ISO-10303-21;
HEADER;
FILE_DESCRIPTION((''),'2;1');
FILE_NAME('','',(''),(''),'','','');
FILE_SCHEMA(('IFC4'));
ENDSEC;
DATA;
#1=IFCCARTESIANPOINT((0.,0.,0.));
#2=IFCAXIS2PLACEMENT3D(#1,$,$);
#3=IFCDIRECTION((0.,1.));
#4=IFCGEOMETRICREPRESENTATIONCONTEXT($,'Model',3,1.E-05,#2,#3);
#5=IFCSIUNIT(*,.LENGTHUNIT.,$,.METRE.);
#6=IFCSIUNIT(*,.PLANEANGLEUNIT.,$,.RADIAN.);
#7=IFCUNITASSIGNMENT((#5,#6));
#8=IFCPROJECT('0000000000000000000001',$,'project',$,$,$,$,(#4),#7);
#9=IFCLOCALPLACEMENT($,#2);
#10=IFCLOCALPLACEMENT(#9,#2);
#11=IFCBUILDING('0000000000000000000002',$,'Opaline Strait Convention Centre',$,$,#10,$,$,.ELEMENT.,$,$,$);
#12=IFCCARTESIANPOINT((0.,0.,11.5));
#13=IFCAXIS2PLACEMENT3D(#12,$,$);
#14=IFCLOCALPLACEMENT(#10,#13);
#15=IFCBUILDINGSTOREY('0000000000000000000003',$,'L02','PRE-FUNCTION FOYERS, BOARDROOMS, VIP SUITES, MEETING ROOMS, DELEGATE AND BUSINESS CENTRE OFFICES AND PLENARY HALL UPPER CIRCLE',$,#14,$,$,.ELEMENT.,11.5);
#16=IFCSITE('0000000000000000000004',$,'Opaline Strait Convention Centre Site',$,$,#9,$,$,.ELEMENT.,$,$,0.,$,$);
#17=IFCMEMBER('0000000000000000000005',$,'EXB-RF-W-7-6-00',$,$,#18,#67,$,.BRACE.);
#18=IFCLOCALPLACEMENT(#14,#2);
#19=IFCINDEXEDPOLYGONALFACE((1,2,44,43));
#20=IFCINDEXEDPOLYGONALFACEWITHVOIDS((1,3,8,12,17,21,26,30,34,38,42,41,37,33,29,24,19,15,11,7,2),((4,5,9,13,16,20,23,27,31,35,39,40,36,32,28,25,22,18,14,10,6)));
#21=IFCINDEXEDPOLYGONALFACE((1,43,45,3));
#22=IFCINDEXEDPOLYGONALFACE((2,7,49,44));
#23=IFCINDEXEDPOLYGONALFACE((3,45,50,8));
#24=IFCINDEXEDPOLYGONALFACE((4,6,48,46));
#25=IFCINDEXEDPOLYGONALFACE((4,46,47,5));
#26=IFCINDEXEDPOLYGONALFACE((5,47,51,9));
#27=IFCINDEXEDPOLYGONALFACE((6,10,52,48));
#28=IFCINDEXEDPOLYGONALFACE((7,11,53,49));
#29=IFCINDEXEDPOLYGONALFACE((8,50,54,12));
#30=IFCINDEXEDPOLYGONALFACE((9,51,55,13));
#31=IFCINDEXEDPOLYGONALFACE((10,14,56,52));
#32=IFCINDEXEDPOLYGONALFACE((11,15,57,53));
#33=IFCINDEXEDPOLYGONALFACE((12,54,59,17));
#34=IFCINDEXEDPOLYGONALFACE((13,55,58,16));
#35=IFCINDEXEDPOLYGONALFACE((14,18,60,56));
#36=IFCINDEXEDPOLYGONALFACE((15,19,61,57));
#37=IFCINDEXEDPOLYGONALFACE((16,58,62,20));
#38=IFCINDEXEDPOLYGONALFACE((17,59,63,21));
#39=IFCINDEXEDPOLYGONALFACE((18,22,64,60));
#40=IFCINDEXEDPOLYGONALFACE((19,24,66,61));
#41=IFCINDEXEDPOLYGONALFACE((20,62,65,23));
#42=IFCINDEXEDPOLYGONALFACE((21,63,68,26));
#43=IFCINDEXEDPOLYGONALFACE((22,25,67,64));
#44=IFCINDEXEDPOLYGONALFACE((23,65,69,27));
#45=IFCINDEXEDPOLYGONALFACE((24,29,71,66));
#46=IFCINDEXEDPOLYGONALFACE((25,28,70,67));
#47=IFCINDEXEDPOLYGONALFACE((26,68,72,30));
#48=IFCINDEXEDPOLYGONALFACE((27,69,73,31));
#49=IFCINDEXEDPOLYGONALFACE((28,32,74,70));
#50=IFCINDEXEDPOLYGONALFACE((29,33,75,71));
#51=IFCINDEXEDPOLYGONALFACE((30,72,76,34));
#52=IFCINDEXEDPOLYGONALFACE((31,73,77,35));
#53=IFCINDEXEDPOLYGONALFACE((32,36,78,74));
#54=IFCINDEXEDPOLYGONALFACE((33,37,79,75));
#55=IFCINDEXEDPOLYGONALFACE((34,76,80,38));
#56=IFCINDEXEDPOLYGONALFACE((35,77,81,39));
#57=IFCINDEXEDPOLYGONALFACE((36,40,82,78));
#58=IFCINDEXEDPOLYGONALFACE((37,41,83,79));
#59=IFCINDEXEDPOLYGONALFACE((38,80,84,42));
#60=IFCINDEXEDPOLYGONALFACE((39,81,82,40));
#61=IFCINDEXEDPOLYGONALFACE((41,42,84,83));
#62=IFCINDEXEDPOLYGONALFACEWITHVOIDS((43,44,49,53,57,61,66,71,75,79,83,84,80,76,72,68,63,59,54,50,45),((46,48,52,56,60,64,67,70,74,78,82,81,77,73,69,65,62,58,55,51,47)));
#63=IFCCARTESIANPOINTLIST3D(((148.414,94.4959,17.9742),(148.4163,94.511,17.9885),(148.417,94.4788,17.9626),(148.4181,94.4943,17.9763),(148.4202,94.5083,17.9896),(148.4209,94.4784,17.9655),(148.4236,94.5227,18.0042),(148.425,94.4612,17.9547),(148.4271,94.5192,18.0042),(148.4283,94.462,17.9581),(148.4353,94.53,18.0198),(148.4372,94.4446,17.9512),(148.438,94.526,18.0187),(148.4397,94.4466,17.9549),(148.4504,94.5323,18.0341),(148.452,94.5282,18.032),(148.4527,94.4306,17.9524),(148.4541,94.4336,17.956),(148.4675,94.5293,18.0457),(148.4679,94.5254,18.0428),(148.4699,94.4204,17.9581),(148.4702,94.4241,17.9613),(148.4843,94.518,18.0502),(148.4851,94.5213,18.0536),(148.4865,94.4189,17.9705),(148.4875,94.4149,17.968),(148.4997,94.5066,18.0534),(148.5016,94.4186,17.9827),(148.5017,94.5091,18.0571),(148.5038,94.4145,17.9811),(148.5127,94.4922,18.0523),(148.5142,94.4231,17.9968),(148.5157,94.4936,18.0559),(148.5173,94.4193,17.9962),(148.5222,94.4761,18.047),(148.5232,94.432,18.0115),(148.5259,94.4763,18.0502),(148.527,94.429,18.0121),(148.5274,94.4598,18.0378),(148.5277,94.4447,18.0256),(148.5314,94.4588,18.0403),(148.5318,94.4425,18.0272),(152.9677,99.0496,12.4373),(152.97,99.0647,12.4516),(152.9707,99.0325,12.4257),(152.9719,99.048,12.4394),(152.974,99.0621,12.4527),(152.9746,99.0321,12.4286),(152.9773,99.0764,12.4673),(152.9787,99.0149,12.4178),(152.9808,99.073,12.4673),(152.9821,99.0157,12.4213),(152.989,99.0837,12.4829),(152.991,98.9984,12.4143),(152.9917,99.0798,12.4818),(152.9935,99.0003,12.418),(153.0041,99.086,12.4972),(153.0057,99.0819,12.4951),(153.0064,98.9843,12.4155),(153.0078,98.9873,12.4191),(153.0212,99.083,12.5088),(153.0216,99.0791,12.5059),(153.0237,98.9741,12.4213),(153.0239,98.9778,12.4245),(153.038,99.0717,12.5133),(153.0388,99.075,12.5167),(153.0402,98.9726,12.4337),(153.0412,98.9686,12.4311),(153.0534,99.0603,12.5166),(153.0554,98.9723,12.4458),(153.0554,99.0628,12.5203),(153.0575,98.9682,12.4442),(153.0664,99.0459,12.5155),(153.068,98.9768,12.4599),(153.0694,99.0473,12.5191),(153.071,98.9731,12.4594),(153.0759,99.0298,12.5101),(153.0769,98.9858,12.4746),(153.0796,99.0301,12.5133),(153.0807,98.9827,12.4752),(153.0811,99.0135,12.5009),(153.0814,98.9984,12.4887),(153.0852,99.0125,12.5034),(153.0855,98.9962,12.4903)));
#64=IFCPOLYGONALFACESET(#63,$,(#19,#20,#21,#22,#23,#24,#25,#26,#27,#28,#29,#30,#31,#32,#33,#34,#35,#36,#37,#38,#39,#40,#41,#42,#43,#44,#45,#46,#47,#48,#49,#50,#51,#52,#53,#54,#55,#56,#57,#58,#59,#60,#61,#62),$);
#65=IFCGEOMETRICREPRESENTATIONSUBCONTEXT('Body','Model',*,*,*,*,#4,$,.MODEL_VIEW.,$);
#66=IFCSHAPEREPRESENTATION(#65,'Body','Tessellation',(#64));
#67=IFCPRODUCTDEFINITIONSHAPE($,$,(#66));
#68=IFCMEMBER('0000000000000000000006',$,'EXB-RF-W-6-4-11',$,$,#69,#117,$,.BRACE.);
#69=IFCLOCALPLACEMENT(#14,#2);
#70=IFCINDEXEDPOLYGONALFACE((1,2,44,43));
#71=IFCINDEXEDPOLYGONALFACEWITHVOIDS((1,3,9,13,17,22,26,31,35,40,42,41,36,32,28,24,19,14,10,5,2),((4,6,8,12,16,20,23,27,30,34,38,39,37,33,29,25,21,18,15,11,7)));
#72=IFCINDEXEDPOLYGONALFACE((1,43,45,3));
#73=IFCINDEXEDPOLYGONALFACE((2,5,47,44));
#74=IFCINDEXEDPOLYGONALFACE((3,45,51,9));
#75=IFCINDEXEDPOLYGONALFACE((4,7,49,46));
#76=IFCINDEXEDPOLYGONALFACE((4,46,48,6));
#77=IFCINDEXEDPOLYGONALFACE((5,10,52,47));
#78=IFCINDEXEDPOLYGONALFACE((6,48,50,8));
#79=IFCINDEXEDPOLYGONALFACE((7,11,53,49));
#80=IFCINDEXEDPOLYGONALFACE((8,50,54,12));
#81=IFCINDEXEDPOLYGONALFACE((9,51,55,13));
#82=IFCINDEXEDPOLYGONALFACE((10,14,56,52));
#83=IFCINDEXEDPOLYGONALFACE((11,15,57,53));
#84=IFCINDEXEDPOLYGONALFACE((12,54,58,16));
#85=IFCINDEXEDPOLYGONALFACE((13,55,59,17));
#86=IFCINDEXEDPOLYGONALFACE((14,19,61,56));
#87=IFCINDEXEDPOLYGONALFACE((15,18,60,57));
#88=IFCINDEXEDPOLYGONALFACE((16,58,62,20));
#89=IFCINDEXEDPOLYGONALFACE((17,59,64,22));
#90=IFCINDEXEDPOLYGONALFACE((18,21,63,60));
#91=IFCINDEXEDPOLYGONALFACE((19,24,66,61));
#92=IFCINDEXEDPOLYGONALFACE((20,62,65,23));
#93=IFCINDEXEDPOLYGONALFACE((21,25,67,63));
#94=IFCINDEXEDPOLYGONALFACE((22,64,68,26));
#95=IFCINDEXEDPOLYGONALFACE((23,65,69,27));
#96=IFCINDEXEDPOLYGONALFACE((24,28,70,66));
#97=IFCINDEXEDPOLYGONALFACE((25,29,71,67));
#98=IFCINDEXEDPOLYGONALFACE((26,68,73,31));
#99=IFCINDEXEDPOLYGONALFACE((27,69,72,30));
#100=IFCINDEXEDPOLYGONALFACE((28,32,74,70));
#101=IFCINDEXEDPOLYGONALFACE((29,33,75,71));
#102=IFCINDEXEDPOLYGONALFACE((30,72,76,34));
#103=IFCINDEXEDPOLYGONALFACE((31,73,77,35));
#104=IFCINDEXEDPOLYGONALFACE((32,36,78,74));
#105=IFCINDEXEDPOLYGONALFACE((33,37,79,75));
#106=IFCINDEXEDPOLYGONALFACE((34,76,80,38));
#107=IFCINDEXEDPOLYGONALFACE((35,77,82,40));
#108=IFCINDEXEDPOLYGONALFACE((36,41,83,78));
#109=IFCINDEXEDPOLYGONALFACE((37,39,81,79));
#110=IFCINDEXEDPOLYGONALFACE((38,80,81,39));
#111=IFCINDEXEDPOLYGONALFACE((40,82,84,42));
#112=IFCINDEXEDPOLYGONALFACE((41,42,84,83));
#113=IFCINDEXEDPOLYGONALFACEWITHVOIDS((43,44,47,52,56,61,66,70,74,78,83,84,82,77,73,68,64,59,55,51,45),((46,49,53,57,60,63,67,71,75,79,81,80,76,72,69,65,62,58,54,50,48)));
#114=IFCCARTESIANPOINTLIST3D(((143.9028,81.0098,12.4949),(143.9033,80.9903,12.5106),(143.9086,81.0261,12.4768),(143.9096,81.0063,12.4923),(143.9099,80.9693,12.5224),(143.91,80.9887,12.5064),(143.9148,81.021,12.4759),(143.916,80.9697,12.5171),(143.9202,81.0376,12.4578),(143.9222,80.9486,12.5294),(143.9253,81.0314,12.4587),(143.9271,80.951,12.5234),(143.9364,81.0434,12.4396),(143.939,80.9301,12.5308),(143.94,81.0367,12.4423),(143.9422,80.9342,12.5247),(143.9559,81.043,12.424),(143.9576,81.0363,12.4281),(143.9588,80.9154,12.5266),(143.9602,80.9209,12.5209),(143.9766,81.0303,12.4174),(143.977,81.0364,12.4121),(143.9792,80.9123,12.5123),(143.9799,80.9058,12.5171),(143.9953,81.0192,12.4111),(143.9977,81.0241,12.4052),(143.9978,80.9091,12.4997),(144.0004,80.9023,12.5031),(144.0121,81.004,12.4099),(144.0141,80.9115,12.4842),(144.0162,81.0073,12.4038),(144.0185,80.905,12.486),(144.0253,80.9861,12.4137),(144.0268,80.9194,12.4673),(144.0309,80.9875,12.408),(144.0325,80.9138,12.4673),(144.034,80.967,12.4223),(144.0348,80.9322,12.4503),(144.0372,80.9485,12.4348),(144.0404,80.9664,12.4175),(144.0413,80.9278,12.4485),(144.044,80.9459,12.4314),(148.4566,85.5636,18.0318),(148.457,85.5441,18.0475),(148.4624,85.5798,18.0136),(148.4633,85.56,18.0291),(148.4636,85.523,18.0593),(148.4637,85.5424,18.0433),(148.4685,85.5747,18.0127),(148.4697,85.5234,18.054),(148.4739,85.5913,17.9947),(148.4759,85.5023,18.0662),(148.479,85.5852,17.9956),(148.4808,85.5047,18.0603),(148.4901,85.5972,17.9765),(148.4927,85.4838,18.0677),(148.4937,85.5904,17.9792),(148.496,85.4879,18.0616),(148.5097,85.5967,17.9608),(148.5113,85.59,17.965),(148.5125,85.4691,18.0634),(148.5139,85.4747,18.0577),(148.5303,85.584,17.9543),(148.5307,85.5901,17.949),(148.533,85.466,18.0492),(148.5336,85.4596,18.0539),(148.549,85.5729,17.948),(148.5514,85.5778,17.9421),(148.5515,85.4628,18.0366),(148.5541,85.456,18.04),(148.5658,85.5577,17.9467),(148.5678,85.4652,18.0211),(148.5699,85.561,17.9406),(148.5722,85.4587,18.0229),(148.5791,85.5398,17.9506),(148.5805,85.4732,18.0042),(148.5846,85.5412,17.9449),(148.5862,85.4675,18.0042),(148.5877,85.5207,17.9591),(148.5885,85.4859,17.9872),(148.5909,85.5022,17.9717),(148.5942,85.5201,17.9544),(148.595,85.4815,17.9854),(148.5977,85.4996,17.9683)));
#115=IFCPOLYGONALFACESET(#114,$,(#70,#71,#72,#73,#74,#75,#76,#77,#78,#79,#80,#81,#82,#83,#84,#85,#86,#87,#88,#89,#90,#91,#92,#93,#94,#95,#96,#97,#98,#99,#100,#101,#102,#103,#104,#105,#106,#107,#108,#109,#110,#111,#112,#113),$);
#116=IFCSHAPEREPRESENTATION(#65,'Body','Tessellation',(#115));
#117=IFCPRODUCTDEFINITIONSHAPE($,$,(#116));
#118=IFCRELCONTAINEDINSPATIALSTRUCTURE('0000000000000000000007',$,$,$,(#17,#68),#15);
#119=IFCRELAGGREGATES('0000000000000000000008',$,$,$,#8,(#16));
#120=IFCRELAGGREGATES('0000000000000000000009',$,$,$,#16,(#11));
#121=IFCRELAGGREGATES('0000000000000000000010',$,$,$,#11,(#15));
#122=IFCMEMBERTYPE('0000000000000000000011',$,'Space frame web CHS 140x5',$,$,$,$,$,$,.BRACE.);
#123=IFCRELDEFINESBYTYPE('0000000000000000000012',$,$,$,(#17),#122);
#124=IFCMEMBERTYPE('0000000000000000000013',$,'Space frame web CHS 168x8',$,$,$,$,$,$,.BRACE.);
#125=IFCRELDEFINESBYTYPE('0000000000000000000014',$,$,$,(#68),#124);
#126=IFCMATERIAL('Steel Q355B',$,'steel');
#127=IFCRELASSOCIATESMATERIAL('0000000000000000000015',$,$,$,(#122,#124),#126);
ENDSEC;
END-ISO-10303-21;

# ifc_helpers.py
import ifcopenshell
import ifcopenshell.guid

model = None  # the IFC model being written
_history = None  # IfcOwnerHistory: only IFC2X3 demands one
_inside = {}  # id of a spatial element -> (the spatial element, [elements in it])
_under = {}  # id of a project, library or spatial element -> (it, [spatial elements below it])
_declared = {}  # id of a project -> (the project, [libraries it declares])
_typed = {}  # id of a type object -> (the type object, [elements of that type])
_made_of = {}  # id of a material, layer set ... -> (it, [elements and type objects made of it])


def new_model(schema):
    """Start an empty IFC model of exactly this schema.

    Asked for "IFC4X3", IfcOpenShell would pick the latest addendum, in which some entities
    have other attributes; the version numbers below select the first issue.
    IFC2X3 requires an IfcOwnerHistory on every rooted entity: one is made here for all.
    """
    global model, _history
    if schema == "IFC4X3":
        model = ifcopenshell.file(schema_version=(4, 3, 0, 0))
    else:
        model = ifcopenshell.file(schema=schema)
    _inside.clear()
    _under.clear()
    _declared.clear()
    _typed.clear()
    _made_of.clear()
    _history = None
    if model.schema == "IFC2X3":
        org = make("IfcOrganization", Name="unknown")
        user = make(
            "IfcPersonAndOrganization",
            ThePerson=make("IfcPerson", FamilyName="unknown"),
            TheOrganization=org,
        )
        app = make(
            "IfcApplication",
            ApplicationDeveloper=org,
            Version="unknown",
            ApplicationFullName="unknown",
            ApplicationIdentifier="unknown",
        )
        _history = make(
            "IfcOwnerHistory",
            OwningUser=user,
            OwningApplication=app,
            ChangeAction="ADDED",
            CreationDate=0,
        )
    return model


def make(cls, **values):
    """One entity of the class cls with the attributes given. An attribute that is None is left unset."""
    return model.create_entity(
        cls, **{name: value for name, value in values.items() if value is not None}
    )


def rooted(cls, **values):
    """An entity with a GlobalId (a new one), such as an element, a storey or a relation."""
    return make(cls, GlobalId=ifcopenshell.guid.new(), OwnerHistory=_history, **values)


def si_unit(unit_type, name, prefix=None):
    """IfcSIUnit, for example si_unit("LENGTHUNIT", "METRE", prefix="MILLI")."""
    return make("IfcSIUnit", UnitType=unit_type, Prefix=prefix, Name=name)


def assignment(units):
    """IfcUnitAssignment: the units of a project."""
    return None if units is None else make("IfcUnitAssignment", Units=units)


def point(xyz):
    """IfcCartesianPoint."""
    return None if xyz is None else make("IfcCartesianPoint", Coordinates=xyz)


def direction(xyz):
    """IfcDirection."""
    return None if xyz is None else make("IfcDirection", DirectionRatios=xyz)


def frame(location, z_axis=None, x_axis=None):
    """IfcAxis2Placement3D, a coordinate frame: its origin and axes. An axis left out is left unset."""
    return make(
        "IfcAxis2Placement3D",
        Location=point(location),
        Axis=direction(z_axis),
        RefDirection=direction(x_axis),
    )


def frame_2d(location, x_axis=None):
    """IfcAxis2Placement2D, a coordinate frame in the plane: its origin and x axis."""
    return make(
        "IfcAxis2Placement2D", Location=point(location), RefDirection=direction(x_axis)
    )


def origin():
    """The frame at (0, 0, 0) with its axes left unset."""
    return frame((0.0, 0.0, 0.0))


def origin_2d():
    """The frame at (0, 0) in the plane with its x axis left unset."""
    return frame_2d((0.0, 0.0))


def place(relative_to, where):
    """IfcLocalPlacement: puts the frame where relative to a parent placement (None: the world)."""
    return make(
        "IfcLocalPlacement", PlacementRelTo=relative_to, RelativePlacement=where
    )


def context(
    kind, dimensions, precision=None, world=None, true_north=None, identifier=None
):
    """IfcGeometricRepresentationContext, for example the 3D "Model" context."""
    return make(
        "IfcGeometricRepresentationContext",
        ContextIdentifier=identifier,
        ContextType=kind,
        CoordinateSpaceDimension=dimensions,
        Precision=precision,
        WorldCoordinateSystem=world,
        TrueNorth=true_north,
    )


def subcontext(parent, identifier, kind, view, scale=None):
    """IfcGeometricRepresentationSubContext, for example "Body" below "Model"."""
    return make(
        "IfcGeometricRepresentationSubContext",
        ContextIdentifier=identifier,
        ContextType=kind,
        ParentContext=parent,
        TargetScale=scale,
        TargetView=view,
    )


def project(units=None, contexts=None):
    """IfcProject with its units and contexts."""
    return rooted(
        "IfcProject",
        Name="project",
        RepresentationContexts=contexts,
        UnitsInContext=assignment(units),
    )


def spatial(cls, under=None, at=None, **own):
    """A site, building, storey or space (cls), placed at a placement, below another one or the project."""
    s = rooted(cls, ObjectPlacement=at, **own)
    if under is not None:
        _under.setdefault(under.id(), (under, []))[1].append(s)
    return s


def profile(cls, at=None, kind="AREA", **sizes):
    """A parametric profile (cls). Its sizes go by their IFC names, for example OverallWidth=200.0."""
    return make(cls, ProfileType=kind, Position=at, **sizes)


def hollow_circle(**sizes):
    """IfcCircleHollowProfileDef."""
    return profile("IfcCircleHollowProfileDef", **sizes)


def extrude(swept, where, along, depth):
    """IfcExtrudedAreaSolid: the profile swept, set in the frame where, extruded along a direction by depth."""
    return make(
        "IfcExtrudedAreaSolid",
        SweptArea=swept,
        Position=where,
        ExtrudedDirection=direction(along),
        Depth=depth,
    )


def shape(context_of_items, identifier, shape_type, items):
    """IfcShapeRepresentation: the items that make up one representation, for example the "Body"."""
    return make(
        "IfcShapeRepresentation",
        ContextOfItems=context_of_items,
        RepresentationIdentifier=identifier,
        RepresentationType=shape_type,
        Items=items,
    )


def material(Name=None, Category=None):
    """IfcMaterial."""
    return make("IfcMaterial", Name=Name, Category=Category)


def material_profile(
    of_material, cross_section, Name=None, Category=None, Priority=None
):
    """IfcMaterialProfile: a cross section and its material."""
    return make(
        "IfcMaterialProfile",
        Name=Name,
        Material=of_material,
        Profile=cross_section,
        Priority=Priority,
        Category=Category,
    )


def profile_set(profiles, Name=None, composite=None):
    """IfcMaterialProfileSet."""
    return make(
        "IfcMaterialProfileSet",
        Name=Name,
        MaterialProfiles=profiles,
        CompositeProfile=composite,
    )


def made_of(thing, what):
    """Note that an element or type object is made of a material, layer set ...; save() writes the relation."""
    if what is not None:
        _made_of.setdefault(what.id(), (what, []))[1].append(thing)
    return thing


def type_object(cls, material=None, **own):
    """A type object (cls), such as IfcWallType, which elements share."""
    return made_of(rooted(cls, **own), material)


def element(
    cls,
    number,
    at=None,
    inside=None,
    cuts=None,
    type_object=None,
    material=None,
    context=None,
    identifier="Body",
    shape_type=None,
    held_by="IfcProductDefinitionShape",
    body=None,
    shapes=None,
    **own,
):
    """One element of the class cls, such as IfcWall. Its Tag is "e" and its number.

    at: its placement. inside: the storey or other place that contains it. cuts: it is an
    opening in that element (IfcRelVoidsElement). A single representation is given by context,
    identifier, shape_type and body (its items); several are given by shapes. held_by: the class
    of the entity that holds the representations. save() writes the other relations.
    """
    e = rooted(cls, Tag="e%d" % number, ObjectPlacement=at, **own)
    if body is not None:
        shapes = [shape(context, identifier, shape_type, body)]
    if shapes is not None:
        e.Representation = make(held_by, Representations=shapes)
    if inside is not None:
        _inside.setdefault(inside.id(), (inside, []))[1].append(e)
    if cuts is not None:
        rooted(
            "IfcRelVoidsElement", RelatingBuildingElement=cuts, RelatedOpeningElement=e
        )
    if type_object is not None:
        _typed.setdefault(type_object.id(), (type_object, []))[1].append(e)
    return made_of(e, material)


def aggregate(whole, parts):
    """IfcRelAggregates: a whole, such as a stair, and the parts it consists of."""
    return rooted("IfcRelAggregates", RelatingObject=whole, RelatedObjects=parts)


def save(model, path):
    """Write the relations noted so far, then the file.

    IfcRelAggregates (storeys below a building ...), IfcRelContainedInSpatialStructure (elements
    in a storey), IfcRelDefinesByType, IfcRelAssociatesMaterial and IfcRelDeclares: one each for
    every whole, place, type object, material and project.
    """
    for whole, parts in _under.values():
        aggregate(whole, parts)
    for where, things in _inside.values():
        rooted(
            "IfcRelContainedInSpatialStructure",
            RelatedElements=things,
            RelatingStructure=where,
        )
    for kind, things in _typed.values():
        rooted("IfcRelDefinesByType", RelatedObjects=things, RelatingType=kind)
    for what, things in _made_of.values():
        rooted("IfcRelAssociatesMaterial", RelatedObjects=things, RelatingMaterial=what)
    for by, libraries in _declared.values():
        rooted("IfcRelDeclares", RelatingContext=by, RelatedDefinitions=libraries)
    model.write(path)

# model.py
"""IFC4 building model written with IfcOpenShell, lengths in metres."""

from ifc_helpers import new_model, si_unit, direction, frame, origin, origin_2d, place, context, subcontext, project, spatial, hollow_circle, extrude, material, material_profile, profile_set, type_object, element, save


model = new_model("IFC4")

# Units and contexts
model_context = context("Model", 3, precision=1e-05, world=origin(), true_north=direction((0.0, 1.0)))
body_context = subcontext(model_context, "Body", "Model", "MODEL_VIEW")
ifc_project = project(units=[si_unit("LENGTHUNIT", "METRE"), si_unit("PLANEANGLEUNIT", "RADIAN")], contexts=[model_context])

# Site, building, storey
site_placement = place(None, origin())
site = spatial("IfcSite", under=ifc_project, at=site_placement, Name="Opaline Strait Convention Centre Site", CompositionType="ELEMENT", RefElevation=0.0)
building_placement = place(site_placement, origin())
building = spatial("IfcBuilding", under=site, at=building_placement, Name="Opaline Strait Convention Centre", CompositionType="ELEMENT")
storey_placement = place(building_placement, frame((0.0, 0.0, 11.5)))
storey = spatial("IfcBuildingStorey", under=building, at=storey_placement, Name="L02", Description="PRE-FUNCTION FOYERS, BOARDROOMS, VIP SUITES, MEETING ROOMS, DELEGATE AND BUSINESS CENTRE OFFICES AND PLENARY HALL UPPER CIRCLE", CompositionType="ELEMENT", Elevation=11.5)

# Members
ifc_material = material(Name="Steel Q355B", Category="steel")
ifc_material_profile_1 = material_profile(ifc_material, hollow_circle(Radius=0.0701, WallThickness=0.0049, at=origin_2d()), Name="CHS 140x5")
ifc_profile_set_1 = profile_set([ifc_material_profile_1], Name="Steel Q355B")
member_type_1 = type_object("IfcMemberType", Name="Space frame web CHS 140x5", PredefinedType="BRACE", material=ifc_profile_set_1)
for number, where, z_axis, x_axis, name in (
    (1, (148.4731, 94.4731, 18.0042), (0.536178, 0.536178, -0.65194), (-0.707107, 0.707107, 0.0), "EXB-RF-W-7-6-00"),
):
    element("IfcMember", number, at=place(storey_placement, frame(where, z_axis=z_axis, x_axis=x_axis)), inside=storey, type_object=member_type_1, Name=name, PredefinedType="BRACE", context=body_context, shape_type="SweptSolid", body=[
        extrude(hollow_circle(Radius=0.0701, WallThickness=0.0049, at=origin_2d()), origin(), (0.0, 0.0, 1.0), 8.4929),
    ])
ifc_material_profile_2 = material_profile(ifc_material, hollow_circle(Radius=0.084, WallThickness=0.0081, at=origin_2d()), Name="CHS 168x8")
ifc_profile_set_2 = profile_set([ifc_material_profile_2], Name="Steel Q355B")
member_type_2 = type_object("IfcMemberType", Name="Space frame web CHS 168x8", PredefinedType="BRACE", material=ifc_profile_set_2)
member_placement = place(storey_placement, frame((148.5269, 85.5269, 18.0042), z_axis=(-0.536178, -0.536178, -0.65194), x_axis=(0.707107, -0.707107, 0.0)))
element("IfcMember", 2, at=member_placement, inside=storey, type_object=member_type_2, Name="EXB-RF-W-6-4-11", PredefinedType="BRACE", context=body_context, shape_type="SweptSolid", body=[
    extrude(hollow_circle(Radius=0.084, WallThickness=0.0081, at=origin_2d()), origin(), (0.0, 0.0, 1.0), 8.4929),
])

save(model, "model.ifc")
